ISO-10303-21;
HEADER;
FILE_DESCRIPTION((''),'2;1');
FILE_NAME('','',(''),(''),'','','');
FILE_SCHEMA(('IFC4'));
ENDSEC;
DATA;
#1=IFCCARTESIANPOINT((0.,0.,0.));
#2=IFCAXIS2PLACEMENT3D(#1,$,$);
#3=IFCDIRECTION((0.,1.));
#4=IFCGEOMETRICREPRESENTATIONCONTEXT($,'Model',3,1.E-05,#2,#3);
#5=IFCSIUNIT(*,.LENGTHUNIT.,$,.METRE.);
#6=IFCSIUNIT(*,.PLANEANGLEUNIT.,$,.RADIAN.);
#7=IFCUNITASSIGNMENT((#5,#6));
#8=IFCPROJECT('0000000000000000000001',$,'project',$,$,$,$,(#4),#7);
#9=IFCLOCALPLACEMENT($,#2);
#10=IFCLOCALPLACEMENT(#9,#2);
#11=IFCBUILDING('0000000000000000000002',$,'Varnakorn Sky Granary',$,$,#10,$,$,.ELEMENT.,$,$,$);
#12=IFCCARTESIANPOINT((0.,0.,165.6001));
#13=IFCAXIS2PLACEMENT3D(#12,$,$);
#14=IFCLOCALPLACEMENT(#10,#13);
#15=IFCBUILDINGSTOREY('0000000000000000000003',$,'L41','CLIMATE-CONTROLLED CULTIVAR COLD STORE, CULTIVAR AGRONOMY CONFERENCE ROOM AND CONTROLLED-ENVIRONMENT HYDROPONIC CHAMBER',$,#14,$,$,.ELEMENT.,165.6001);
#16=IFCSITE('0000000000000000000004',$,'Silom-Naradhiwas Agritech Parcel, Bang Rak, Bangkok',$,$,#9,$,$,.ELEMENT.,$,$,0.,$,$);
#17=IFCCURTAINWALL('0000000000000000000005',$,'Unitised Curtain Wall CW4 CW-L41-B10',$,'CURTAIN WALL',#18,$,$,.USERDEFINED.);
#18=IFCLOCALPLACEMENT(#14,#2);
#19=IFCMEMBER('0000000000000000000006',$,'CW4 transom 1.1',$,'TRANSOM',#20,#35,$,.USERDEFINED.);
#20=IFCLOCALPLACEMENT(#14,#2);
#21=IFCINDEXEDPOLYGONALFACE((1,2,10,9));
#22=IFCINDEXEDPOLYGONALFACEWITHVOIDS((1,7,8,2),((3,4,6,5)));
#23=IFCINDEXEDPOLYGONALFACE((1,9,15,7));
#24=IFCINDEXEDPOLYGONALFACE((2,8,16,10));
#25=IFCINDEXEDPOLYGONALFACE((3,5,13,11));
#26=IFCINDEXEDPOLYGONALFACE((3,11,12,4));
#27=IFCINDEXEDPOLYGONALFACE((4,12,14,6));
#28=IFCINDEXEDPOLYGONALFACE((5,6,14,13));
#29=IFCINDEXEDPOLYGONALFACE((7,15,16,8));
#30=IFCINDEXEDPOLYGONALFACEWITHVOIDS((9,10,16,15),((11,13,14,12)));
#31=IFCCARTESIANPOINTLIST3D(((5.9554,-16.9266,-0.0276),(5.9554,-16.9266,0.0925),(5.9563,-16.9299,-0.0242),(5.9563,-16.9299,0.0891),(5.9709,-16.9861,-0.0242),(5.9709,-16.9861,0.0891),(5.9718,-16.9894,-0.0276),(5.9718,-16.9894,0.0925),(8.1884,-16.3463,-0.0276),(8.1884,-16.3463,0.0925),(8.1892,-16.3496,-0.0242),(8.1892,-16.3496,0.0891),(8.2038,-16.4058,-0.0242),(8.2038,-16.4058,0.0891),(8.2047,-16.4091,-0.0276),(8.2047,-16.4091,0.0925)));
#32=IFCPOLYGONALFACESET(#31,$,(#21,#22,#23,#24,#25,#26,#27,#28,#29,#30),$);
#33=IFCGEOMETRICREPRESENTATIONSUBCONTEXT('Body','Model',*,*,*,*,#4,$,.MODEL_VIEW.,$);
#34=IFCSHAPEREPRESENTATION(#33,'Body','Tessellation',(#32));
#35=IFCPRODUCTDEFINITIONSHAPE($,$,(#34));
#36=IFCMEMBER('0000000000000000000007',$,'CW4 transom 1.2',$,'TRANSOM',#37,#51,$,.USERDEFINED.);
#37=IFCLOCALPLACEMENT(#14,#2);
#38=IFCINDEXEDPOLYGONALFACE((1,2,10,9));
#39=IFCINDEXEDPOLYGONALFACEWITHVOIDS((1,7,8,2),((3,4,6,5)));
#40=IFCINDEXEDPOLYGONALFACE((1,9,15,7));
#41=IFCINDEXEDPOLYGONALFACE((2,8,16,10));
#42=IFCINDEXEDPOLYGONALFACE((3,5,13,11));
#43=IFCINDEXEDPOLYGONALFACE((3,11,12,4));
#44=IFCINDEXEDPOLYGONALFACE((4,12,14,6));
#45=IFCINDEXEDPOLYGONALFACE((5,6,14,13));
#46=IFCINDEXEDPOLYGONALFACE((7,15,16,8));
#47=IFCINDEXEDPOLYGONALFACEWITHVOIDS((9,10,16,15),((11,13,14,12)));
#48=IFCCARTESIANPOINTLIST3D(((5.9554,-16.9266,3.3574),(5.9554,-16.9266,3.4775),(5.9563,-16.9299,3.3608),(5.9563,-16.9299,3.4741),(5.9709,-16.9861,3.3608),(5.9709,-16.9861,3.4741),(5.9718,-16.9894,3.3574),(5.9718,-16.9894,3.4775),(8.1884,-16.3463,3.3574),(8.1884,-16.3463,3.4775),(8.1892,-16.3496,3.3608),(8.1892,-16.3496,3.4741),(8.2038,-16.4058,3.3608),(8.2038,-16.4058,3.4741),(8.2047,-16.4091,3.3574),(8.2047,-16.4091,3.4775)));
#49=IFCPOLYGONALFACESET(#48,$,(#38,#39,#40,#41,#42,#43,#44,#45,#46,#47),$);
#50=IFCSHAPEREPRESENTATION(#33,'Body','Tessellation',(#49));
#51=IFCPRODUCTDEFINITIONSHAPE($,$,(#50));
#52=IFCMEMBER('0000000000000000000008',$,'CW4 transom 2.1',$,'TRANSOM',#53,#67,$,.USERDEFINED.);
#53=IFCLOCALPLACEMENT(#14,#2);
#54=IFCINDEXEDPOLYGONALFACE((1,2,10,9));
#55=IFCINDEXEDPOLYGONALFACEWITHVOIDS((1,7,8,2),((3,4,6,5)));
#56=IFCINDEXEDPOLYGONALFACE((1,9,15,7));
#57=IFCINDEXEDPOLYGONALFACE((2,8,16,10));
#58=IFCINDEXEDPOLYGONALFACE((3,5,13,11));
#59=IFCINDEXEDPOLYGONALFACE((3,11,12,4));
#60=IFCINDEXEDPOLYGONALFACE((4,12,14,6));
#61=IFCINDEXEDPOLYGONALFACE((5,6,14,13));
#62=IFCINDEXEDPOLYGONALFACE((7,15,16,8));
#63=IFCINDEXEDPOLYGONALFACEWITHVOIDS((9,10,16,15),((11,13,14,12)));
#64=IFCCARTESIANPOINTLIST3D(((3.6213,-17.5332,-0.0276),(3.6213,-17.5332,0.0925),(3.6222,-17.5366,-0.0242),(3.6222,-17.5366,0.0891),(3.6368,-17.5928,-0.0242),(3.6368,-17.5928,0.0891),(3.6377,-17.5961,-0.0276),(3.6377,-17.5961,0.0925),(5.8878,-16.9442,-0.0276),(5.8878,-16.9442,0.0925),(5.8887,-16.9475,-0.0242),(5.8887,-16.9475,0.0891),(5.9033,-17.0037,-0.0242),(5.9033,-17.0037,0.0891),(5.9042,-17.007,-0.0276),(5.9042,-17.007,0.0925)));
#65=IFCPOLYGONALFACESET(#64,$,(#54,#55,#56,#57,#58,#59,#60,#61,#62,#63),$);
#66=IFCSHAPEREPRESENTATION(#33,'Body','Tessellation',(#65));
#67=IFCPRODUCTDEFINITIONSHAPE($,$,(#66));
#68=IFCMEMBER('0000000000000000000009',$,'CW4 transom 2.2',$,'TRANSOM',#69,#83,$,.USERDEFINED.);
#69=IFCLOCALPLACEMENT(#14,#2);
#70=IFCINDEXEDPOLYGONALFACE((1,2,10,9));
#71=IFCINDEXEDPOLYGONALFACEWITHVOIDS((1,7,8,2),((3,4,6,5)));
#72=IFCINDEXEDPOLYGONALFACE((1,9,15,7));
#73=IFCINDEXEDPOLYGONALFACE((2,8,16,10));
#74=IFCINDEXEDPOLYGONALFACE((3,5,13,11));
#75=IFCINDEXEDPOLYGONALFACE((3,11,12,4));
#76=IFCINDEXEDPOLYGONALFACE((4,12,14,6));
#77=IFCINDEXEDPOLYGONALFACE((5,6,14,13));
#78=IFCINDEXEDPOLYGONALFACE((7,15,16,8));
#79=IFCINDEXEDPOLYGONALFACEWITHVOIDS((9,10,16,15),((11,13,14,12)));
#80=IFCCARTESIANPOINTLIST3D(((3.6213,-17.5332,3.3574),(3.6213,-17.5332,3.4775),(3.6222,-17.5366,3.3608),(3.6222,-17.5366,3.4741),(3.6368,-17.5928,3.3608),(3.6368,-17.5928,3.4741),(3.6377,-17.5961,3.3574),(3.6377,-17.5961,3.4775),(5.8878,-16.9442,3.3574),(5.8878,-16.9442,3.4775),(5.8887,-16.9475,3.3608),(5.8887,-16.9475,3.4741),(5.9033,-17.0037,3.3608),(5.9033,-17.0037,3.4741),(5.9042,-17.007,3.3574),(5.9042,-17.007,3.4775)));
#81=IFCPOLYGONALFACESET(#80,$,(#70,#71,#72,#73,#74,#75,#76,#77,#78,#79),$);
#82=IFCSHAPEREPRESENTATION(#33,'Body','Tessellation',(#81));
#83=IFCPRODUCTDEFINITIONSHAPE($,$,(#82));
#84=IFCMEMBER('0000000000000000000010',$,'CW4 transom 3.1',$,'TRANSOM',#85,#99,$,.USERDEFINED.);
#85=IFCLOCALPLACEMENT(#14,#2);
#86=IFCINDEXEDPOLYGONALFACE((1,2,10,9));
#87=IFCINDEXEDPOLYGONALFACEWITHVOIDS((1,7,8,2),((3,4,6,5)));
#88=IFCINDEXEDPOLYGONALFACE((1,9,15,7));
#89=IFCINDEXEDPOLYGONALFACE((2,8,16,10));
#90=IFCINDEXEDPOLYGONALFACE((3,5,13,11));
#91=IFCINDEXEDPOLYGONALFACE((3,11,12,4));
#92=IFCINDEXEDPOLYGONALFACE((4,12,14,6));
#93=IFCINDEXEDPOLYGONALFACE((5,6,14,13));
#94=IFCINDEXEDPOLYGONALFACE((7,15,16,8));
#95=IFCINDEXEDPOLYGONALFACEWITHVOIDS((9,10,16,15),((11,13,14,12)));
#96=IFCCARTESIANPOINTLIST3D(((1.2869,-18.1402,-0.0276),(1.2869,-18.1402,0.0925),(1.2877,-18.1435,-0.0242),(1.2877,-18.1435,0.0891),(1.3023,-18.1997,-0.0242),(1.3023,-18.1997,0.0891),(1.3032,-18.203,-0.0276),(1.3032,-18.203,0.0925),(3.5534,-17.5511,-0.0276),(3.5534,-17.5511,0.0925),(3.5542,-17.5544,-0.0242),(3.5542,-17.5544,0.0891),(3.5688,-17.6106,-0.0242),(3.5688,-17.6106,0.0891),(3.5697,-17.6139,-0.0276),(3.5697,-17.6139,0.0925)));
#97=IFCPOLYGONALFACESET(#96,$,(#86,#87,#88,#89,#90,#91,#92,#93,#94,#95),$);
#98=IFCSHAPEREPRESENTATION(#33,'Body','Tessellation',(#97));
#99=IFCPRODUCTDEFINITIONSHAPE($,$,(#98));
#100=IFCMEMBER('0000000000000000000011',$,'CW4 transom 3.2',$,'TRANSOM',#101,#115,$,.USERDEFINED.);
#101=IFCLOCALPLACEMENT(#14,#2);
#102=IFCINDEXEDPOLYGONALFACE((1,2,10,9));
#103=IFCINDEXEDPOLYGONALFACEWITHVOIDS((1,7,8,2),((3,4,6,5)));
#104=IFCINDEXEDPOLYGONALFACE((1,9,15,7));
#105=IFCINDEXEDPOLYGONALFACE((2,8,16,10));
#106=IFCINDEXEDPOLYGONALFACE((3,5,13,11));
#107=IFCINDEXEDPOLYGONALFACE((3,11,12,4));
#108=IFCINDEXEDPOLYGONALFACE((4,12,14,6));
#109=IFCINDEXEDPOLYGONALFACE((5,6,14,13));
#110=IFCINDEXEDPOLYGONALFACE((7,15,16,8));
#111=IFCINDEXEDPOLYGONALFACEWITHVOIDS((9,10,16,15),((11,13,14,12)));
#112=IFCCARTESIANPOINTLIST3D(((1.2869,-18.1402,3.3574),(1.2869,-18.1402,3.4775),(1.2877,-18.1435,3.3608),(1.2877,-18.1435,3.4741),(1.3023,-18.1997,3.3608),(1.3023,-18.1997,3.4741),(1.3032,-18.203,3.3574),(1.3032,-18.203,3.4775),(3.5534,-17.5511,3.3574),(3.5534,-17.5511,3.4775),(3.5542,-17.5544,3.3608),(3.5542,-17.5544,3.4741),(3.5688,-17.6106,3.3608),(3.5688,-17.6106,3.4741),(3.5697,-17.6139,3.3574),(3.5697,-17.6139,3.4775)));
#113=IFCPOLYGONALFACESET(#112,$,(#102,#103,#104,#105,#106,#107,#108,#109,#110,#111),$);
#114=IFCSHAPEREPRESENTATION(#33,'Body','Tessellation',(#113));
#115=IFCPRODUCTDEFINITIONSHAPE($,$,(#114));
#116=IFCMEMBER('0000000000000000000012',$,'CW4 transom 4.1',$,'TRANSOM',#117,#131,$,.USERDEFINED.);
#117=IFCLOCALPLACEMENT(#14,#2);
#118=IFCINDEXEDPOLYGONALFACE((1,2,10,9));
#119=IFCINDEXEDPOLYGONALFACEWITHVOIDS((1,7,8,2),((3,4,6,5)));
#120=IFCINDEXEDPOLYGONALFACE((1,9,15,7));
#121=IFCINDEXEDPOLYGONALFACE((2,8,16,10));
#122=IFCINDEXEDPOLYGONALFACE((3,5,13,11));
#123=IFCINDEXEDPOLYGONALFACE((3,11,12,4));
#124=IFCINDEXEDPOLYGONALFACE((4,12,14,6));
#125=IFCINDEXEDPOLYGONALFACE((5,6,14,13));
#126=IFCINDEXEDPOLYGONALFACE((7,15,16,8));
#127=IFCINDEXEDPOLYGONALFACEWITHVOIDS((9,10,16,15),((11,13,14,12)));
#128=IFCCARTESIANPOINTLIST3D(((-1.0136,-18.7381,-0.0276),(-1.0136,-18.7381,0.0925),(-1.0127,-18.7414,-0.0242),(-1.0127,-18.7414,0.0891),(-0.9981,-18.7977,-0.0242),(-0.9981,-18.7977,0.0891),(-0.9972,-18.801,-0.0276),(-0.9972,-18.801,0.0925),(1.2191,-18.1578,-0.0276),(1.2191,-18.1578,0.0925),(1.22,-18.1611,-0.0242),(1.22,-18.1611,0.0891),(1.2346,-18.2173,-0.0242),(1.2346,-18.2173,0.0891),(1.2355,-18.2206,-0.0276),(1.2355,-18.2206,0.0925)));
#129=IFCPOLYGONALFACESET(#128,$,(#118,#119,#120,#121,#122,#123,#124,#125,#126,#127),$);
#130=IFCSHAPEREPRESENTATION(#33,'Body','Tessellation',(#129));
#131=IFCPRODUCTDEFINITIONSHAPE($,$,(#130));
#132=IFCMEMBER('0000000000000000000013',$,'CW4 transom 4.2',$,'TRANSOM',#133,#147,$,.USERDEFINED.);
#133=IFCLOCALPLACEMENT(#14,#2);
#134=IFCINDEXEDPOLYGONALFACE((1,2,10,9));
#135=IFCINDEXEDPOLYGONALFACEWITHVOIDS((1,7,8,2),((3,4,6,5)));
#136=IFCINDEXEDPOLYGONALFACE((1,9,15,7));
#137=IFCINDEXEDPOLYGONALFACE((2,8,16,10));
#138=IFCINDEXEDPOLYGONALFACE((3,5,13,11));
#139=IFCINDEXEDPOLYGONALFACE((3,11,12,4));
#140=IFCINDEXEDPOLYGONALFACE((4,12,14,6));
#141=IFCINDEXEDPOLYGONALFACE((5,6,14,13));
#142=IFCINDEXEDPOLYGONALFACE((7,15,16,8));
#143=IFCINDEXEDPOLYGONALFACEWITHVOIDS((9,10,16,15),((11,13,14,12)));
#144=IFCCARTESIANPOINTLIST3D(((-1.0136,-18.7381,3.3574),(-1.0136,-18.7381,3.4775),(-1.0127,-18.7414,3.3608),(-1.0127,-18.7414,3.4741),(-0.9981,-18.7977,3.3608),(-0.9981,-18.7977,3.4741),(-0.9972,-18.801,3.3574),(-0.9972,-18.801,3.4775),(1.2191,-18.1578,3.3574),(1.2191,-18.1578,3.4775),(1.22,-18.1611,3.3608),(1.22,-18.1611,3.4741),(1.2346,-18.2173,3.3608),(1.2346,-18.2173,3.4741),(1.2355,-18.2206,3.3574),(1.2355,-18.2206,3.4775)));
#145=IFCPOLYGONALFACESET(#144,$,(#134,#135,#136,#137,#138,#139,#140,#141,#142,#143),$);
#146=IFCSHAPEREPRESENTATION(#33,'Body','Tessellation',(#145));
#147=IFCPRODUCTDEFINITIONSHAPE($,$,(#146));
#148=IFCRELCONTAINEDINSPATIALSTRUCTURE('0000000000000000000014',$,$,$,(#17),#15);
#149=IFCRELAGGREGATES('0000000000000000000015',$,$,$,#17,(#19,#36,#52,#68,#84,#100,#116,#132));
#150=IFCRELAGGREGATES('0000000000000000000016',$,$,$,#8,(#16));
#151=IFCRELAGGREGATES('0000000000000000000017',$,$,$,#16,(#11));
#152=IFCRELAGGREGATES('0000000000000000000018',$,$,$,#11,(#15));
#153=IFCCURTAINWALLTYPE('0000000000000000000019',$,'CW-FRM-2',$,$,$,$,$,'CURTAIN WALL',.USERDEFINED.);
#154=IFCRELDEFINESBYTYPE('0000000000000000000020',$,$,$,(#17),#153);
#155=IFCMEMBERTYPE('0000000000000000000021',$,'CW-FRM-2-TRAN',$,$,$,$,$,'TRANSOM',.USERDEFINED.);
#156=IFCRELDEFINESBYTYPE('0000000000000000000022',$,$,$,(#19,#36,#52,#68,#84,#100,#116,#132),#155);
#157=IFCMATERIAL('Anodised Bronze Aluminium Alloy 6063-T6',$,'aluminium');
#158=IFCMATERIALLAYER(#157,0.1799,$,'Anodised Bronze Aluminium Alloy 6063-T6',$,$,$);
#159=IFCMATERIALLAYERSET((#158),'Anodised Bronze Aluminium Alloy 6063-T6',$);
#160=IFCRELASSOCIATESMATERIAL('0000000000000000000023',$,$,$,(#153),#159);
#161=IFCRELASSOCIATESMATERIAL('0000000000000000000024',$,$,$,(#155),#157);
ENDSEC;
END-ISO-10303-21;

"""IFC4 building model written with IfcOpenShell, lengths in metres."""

from ifc_helpers import new_model, si_unit, direction, frame, origin, origin_2d, place, context, subcontext, project, spatial, hollow_rectangle, extrude, material, layer, layer_set, material_profile, profile_set, type_object, element, aggregate, save


model = new_model("IFC4")

# Units and contexts
model_context = context("Model", 3, precision=1e-05, world=origin(), true_north=direction((0.0, 1.0)))
body_context = subcontext(model_context, "Body", "Model", "MODEL_VIEW")
ifc_project = project(units=[si_unit("LENGTHUNIT", "METRE"), si_unit("PLANEANGLEUNIT", "RADIAN")], contexts=[model_context])

# Site, building, storey
site_placement = place(None, origin())
site = spatial("IfcSite", under=ifc_project, at=site_placement, Name="Silom-Naradhiwas Agritech Parcel, Bang Rak, Bangkok", CompositionType="ELEMENT", RefElevation=0.0)
building_placement = place(site_placement, origin())
building = spatial("IfcBuilding", under=site, at=building_placement, Name="Varnakorn Sky Granary", CompositionType="ELEMENT")
storey_placement = place(building_placement, frame((0.0, 0.0, 165.6001)))
storey = spatial("IfcBuildingStorey", under=building, at=storey_placement, Name="L41", Description="CLIMATE-CONTROLLED CULTIVAR COLD STORE, CULTIVAR AGRONOMY CONFERENCE ROOM AND CONTROLLED-ENVIRONMENT HYDROPONIC CHAMBER", CompositionType="ELEMENT", Elevation=165.6001)

# Curtain wall, members
ifc_material_1 = material(Name="Anodised Bronze Aluminium Alloy 6063-T6", Category="aluminium")
ifc_layer_1 = layer(ifc_material_1, 0.1799, Name="Anodised Bronze Aluminium Alloy 6063-T6")
ifc_layer_set_1 = layer_set([ifc_layer_1], Name="Anodised Bronze Aluminium Alloy 6063-T6")
curtain_wall_type = type_object("IfcCurtainWallType", Name="CW-FRM-2", ElementType="CURTAIN WALL", PredefinedType="USERDEFINED", material=ifc_layer_set_1)
curtain_wall_placement = place(storey_placement, origin())
curtain_wall = element("IfcCurtainWall", 1, at=curtain_wall_placement, inside=storey, type_object=curtain_wall_type, Name="Unitised Curtain Wall CW4 CW-L41-B10", ObjectType="CURTAIN WALL", PredefinedType="USERDEFINED")
ifc_material_profile_1 = material_profile(ifc_material_1, hollow_rectangle(XDim=0.0649, YDim=0.1201, WallThickness=0.0034, at=origin_2d()), Name="ALU TRAN 65x120")
ifc_profile_set_1 = profile_set([ifc_material_profile_1], Name="Anodised Bronze Aluminium Alloy 6063-T6")
member_type_1 = type_object("IfcMemberType", Name="CW-FRM-2-TRAN", ElementType="TRANSOM", PredefinedType="USERDEFINED", material=ifc_profile_set_1)
member_1_placement = place(storey_placement, frame((8.1965, -16.3777, 0.0325), z_axis=(-0.967847, -0.251539, 0.0), x_axis=(0.251539, -0.967847, 0.0)))
member_1 = element("IfcMember", 2, at=member_1_placement, type_object=member_type_1, Name="CW4 transom 1.1", ObjectType="TRANSOM", PredefinedType="USERDEFINED", context=body_context, shape_type="SweptSolid", body=[
    extrude(hollow_rectangle(XDim=0.0649, YDim=0.1201, WallThickness=0.0034, at=origin_2d()), origin(), (0.0, 0.0, 1.0), 2.3071),
])
member_2_placement = place(storey_placement, frame((8.1965, -16.3777, 3.4175), z_axis=(-0.967847, -0.251539, 0.0), x_axis=(0.251539, -0.967847, 0.0)))
member_2 = element("IfcMember", 3, at=member_2_placement, type_object=member_type_1, Name="CW4 transom 1.2", ObjectType="TRANSOM", PredefinedType="USERDEFINED", context=body_context, shape_type="SweptSolid", body=[
    extrude(hollow_rectangle(XDim=0.0649, YDim=0.1201, WallThickness=0.0034, at=origin_2d()), origin(), (0.0, 0.0, 1.0), 2.3071),
])
member_3_placement = place(storey_placement, frame((5.896, -16.9756, 0.0325), z_axis=(-0.967844, -0.251552, 0.0), x_axis=(0.251552, -0.967844, 0.0)))
member_3 = element("IfcMember", 4, at=member_3_placement, type_object=member_type_1, Name="CW4 transom 2.1", ObjectType="TRANSOM", PredefinedType="USERDEFINED", context=body_context, shape_type="SweptSolid", body=[
    extrude(hollow_rectangle(XDim=0.0649, YDim=0.1201, WallThickness=0.0034, at=origin_2d()), origin(), (0.0, 0.0, 1.0), 2.3418),
])
member_4_placement = place(storey_placement, frame((5.896, -16.9756, 3.4175), z_axis=(-0.967844, -0.251552, 0.0), x_axis=(0.251552, -0.967844, 0.0)))
member_4 = element("IfcMember", 5, at=member_4_placement, type_object=member_type_1, Name="CW4 transom 2.2", ObjectType="TRANSOM", PredefinedType="USERDEFINED", context=body_context, shape_type="SweptSolid", body=[
    extrude(hollow_rectangle(XDim=0.0649, YDim=0.1201, WallThickness=0.0034, at=origin_2d()), origin(), (0.0, 0.0, 1.0), 2.3418),
])
member_5_placement = place(storey_placement, frame((3.5615, -17.5825, 0.0325), z_axis=(-0.967844, -0.251552, 0.0), x_axis=(0.251552, -0.967844, 0.0)))
member_5 = element("IfcMember", 6, at=member_5_placement, type_object=member_type_1, Name="CW4 transom 3.1", ObjectType="TRANSOM", PredefinedType="USERDEFINED", context=body_context, shape_type="SweptSolid", body=[
    extrude(hollow_rectangle(XDim=0.0649, YDim=0.1201, WallThickness=0.0034, at=origin_2d()), origin(), (0.0, 0.0, 1.0), 2.3418),
])
member_6_placement = place(storey_placement, frame((3.5615, -17.5825, 3.4175), z_axis=(-0.967844, -0.251552, 0.0), x_axis=(0.251552, -0.967844, 0.0)))
member_6 = element("IfcMember", 7, at=member_6_placement, type_object=member_type_1, Name="CW4 transom 3.2", ObjectType="TRANSOM", PredefinedType="USERDEFINED", context=body_context, shape_type="SweptSolid", body=[
    extrude(hollow_rectangle(XDim=0.0649, YDim=0.1201, WallThickness=0.0034, at=origin_2d()), origin(), (0.0, 0.0, 1.0), 2.3418),
])
member_7_placement = place(storey_placement, frame((1.2273, -18.1892, 0.0325), z_axis=(-0.967841, -0.251564, 0.0), x_axis=(0.251564, -0.967841, 0.0)))
member_7 = element("IfcMember", 8, at=member_7_placement, type_object=member_type_1, Name="CW4 transom 4.1", ObjectType="TRANSOM", PredefinedType="USERDEFINED", context=body_context, shape_type="SweptSolid", body=[
    extrude(hollow_rectangle(XDim=0.0649, YDim=0.1201, WallThickness=0.0034, at=origin_2d()), origin(), (0.0, 0.0, 1.0), 2.3069),
])
member_8_placement = place(storey_placement, frame((1.2273, -18.1892, 3.4175), z_axis=(-0.967841, -0.251564, 0.0), x_axis=(0.251564, -0.967841, 0.0)))
member_8 = element("IfcMember", 9, at=member_8_placement, type_object=member_type_1, Name="CW4 transom 4.2", ObjectType="TRANSOM", PredefinedType="USERDEFINED", context=body_context, shape_type="SweptSolid", body=[
    extrude(hollow_rectangle(XDim=0.0649, YDim=0.1201, WallThickness=0.0034, at=origin_2d()), origin(), (0.0, 0.0, 1.0), 2.3069),
])

aggregate(curtain_wall, [member_1, member_2, member_3, member_4, member_5, member_6, member_7, member_8])

save(model, "model.ifc")
